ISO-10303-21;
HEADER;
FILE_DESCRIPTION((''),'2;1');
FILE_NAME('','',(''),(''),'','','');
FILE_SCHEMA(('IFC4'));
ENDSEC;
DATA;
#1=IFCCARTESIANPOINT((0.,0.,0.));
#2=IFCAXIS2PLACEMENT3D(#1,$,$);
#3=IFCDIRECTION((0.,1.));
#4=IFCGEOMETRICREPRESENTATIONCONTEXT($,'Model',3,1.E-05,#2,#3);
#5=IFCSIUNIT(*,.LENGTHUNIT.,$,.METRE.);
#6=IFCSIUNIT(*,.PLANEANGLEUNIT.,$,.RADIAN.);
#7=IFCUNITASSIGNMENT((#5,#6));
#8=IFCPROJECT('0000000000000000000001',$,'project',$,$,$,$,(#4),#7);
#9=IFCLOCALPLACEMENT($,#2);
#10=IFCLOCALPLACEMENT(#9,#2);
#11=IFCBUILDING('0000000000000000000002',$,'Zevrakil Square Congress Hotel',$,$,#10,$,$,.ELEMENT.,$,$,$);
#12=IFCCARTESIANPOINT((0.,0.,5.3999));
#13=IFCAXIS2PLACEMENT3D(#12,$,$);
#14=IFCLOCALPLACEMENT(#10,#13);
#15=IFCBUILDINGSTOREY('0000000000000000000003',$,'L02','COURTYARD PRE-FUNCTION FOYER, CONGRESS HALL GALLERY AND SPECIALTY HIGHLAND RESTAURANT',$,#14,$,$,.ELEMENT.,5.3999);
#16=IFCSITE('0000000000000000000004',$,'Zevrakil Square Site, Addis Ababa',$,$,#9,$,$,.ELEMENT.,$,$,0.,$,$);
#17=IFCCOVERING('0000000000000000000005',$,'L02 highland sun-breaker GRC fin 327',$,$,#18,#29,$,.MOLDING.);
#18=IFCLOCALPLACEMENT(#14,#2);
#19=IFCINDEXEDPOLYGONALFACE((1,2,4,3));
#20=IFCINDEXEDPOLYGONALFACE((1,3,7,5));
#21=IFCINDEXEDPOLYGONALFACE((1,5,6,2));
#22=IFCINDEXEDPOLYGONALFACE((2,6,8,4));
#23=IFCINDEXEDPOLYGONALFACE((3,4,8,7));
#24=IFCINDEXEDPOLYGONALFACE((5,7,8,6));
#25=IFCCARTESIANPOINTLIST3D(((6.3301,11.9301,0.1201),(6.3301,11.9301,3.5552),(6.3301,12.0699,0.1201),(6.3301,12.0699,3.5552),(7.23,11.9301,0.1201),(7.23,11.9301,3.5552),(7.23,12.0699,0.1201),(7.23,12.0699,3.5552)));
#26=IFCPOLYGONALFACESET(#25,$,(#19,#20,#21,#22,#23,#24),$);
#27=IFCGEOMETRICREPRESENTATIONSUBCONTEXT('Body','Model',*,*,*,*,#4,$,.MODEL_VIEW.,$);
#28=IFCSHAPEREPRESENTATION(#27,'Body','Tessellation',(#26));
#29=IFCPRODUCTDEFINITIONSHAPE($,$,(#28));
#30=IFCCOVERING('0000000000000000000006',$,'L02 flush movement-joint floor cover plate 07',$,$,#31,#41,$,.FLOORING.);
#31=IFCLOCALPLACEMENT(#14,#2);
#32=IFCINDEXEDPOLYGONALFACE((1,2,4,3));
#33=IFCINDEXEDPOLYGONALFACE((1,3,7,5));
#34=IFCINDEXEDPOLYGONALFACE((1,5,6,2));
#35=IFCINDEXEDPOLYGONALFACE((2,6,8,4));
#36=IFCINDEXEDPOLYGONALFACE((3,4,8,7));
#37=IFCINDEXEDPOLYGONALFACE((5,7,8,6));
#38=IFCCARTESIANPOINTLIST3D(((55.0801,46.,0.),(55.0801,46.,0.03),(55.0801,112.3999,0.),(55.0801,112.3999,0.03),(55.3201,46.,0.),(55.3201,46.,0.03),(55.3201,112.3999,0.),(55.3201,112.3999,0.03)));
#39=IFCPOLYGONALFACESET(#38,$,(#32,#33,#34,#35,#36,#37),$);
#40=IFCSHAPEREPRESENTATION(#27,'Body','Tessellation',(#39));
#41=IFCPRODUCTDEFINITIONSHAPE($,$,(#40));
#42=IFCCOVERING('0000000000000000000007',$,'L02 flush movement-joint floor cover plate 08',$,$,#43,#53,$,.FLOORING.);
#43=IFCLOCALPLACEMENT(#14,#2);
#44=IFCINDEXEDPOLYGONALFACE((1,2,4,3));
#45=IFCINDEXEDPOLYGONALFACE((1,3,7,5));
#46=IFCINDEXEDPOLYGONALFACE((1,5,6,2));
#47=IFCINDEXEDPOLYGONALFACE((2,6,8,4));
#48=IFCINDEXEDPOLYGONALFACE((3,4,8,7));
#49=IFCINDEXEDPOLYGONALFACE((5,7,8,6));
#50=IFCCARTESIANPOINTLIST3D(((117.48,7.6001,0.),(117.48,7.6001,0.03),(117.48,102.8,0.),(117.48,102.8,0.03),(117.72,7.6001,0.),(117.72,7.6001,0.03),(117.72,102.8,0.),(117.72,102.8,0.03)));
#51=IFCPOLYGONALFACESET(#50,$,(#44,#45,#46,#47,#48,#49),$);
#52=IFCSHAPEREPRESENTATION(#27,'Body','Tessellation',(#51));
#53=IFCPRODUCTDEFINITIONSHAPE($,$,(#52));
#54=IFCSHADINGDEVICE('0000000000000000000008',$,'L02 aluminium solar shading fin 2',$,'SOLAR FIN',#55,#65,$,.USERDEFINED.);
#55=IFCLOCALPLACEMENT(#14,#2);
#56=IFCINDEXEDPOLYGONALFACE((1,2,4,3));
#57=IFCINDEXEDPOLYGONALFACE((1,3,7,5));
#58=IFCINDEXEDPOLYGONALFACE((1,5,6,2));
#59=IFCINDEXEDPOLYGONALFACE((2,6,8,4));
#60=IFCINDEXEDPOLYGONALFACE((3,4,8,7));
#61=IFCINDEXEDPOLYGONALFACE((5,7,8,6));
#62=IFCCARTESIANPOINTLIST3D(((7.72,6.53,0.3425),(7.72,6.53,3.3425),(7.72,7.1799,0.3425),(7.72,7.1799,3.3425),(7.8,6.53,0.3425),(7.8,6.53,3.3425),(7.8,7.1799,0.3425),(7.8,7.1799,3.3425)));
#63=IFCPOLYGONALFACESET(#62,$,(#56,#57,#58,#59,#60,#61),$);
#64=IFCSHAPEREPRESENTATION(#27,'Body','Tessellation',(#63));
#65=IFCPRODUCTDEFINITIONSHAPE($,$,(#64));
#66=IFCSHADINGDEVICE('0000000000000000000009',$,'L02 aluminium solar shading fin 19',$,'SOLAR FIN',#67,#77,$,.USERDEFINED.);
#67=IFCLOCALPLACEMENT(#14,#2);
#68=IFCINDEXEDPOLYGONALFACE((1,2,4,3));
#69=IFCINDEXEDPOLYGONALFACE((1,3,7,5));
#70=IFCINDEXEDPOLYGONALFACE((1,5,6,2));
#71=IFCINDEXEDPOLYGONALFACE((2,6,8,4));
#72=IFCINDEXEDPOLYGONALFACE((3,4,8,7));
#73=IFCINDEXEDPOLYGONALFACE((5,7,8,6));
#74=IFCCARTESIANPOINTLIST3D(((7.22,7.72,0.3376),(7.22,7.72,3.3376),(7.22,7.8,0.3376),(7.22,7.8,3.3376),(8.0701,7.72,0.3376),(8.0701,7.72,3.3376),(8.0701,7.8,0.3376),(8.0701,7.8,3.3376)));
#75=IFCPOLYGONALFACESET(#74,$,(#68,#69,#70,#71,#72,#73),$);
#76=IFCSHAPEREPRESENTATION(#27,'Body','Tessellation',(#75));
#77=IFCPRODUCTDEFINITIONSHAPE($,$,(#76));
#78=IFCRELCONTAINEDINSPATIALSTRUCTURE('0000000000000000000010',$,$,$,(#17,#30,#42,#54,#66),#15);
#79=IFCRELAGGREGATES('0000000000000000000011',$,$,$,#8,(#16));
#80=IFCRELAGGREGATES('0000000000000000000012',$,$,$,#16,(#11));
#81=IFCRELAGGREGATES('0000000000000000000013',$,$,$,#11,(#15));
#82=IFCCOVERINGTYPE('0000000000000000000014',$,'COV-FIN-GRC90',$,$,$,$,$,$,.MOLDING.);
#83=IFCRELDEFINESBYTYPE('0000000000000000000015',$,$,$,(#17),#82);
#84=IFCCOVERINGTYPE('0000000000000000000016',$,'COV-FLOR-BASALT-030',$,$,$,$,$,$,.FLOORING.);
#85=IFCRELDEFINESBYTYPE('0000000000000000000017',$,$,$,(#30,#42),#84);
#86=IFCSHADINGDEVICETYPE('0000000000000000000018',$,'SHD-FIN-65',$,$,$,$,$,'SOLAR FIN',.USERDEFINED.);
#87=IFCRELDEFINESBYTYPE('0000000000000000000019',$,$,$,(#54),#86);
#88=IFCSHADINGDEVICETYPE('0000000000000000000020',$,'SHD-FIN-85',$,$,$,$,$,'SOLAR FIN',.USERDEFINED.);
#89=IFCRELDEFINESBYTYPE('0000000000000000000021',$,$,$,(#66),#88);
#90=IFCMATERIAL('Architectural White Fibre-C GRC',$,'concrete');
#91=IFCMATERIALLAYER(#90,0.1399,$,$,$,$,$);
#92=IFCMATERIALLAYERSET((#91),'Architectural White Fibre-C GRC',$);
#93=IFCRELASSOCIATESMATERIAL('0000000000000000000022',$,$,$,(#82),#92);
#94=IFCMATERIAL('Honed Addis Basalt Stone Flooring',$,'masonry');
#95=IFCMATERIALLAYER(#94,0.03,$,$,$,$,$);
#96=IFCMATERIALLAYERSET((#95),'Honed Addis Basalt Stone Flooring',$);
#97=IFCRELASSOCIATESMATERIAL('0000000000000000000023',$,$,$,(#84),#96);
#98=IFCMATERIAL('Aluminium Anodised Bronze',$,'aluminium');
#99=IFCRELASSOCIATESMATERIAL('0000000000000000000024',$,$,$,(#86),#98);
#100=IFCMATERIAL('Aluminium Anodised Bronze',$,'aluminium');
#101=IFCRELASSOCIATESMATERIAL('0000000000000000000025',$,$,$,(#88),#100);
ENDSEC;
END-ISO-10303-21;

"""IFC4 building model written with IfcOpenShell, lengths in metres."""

from ifc_helpers import new_model, si_unit, direction, frame, origin, origin_2d, place, context, subcontext, project, spatial, polyline, rectangle, outline, extrude, material, layer, layer_set, type_object, element, save


model = new_model("IFC4")

# Units and contexts
model_context = context("Model", 3, precision=1e-05, world=origin(), true_north=direction((0.0, 1.0)))
body_context = subcontext(model_context, "Body", "Model", "MODEL_VIEW")
ifc_project = project(units=[si_unit("LENGTHUNIT", "METRE"), si_unit("PLANEANGLEUNIT", "RADIAN")], contexts=[model_context])

# Site, building, storey
site_placement = place(None, origin())
site = spatial("IfcSite", under=ifc_project, at=site_placement, Name="Zevrakil Square Site, Addis Ababa", CompositionType="ELEMENT", RefElevation=0.0)
building_placement = place(site_placement, origin())
building = spatial("IfcBuilding", under=site, at=building_placement, Name="Zevrakil Square Congress Hotel", CompositionType="ELEMENT")
storey_placement = place(building_placement, frame((0.0, 0.0, 5.3999)))
storey = spatial("IfcBuildingStorey", under=building, at=storey_placement, Name="L02", Description="COURTYARD PRE-FUNCTION FOYER, CONGRESS HALL GALLERY AND SPECIALTY HIGHLAND RESTAURANT", CompositionType="ELEMENT", Elevation=5.3999)

# Coverings
ifc_material_1 = material(Name="Architectural White Fibre-C GRC", Category="concrete")
ifc_layer_1 = layer(ifc_material_1, 0.1399)
ifc_layer_set_1 = layer_set([ifc_layer_1], Name="Architectural White Fibre-C GRC")
covering_type_1 = type_object("IfcCoveringType", Name="COV-FIN-GRC90", PredefinedType="MOLDING", material=ifc_layer_set_1)
covering_1_placement = place(storey_placement, frame((6.78, 12.0, 0.1201), z_axis=(0.0, 0.0, 1.0), x_axis=(-1.0, 0.0, 0.0)))
element("IfcCovering", 1, at=covering_1_placement, inside=storey, type_object=covering_type_1, Name="L02 highland sun-breaker GRC fin 327", PredefinedType="MOLDING", context=body_context, shape_type="SweptSolid", body=[
    extrude(rectangle(XDim=0.8999, YDim=0.1399, at=origin_2d()), origin(), (0.0, 0.0, 1.0), 3.4351),
])
ifc_material_2 = material(Name="Honed Addis Basalt Stone Flooring", Category="masonry")
ifc_layer_2 = layer(ifc_material_2, 0.03)
ifc_layer_set_2 = layer_set([ifc_layer_2], Name="Honed Addis Basalt Stone Flooring")
covering_type_2 = type_object("IfcCoveringType", Name="COV-FLOR-BASALT-030", PredefinedType="FLOORING", material=ifc_layer_set_2)
covering_2_placement = place(storey_placement, origin())
element("IfcCovering", 2, at=covering_2_placement, inside=storey, type_object=covering_type_2, Name="L02 flush movement-joint floor cover plate 07", PredefinedType="FLOORING", context=body_context, shape_type="SweptSolid", body=[
    extrude(outline(polyline([(55.0801, 46.0), (55.3201, 46.0), (55.3201, 112.3999), (55.0801, 112.3999), (55.0801, 46.0)])), origin(), (0.0, 0.0, 1.0), 0.03),
])
covering_3_placement = place(storey_placement, origin())
element("IfcCovering", 3, at=covering_3_placement, inside=storey, type_object=covering_type_2, Name="L02 flush movement-joint floor cover plate 08", PredefinedType="FLOORING", context=body_context, shape_type="SweptSolid", body=[
    extrude(outline(polyline([(117.48, 7.6001), (117.72, 7.6001), (117.72, 102.8), (117.48, 102.8), (117.48, 7.6001)])), origin(), (0.0, 0.0, 1.0), 0.03),
])

# Shading devices
ifc_material_3 = material(Name="Aluminium Anodised Bronze", Category="aluminium")
shading_device_type_1 = type_object("IfcShadingDeviceType", Name="SHD-FIN-65", ElementType="SOLAR FIN", PredefinedType="USERDEFINED", material=ifc_material_3)
shading_device_1_placement = place(storey_placement, frame((7.76, 6.855, 0.3425), z_axis=(0.0, 0.0, 1.0), x_axis=(0.0, -1.0, 0.0)))
element("IfcShadingDevice", 4, at=shading_device_1_placement, inside=storey, type_object=shading_device_type_1, Name="L02 aluminium solar shading fin 2", ObjectType="SOLAR FIN", PredefinedType="USERDEFINED", context=body_context, shape_type="SweptSolid", body=[
    extrude(rectangle(XDim=0.6499, YDim=0.0801, at=origin_2d()), origin(), (0.0, 0.0, 1.0), 3.0),
])
ifc_material_4 = material(Name="Aluminium Anodised Bronze", Category="aluminium")
shading_device_type_2 = type_object("IfcShadingDeviceType", Name="SHD-FIN-85", ElementType="SOLAR FIN", PredefinedType="USERDEFINED", material=ifc_material_4)
shading_device_2_placement = place(storey_placement, frame((7.645, 7.76, 0.3376), z_axis=(0.0, 0.0, 1.0), x_axis=(1.0, 0.0, 0.0)))
element("IfcShadingDevice", 5, at=shading_device_2_placement, inside=storey, type_object=shading_device_type_2, Name="L02 aluminium solar shading fin 19", ObjectType="SOLAR FIN", PredefinedType="USERDEFINED", context=body_context, shape_type="SweptSolid", body=[
    extrude(rectangle(XDim=0.8501, YDim=0.0801, at=origin_2d()), origin(), (0.0, 0.0, 1.0), 3.0),
])

save(model, "model.ifc")
